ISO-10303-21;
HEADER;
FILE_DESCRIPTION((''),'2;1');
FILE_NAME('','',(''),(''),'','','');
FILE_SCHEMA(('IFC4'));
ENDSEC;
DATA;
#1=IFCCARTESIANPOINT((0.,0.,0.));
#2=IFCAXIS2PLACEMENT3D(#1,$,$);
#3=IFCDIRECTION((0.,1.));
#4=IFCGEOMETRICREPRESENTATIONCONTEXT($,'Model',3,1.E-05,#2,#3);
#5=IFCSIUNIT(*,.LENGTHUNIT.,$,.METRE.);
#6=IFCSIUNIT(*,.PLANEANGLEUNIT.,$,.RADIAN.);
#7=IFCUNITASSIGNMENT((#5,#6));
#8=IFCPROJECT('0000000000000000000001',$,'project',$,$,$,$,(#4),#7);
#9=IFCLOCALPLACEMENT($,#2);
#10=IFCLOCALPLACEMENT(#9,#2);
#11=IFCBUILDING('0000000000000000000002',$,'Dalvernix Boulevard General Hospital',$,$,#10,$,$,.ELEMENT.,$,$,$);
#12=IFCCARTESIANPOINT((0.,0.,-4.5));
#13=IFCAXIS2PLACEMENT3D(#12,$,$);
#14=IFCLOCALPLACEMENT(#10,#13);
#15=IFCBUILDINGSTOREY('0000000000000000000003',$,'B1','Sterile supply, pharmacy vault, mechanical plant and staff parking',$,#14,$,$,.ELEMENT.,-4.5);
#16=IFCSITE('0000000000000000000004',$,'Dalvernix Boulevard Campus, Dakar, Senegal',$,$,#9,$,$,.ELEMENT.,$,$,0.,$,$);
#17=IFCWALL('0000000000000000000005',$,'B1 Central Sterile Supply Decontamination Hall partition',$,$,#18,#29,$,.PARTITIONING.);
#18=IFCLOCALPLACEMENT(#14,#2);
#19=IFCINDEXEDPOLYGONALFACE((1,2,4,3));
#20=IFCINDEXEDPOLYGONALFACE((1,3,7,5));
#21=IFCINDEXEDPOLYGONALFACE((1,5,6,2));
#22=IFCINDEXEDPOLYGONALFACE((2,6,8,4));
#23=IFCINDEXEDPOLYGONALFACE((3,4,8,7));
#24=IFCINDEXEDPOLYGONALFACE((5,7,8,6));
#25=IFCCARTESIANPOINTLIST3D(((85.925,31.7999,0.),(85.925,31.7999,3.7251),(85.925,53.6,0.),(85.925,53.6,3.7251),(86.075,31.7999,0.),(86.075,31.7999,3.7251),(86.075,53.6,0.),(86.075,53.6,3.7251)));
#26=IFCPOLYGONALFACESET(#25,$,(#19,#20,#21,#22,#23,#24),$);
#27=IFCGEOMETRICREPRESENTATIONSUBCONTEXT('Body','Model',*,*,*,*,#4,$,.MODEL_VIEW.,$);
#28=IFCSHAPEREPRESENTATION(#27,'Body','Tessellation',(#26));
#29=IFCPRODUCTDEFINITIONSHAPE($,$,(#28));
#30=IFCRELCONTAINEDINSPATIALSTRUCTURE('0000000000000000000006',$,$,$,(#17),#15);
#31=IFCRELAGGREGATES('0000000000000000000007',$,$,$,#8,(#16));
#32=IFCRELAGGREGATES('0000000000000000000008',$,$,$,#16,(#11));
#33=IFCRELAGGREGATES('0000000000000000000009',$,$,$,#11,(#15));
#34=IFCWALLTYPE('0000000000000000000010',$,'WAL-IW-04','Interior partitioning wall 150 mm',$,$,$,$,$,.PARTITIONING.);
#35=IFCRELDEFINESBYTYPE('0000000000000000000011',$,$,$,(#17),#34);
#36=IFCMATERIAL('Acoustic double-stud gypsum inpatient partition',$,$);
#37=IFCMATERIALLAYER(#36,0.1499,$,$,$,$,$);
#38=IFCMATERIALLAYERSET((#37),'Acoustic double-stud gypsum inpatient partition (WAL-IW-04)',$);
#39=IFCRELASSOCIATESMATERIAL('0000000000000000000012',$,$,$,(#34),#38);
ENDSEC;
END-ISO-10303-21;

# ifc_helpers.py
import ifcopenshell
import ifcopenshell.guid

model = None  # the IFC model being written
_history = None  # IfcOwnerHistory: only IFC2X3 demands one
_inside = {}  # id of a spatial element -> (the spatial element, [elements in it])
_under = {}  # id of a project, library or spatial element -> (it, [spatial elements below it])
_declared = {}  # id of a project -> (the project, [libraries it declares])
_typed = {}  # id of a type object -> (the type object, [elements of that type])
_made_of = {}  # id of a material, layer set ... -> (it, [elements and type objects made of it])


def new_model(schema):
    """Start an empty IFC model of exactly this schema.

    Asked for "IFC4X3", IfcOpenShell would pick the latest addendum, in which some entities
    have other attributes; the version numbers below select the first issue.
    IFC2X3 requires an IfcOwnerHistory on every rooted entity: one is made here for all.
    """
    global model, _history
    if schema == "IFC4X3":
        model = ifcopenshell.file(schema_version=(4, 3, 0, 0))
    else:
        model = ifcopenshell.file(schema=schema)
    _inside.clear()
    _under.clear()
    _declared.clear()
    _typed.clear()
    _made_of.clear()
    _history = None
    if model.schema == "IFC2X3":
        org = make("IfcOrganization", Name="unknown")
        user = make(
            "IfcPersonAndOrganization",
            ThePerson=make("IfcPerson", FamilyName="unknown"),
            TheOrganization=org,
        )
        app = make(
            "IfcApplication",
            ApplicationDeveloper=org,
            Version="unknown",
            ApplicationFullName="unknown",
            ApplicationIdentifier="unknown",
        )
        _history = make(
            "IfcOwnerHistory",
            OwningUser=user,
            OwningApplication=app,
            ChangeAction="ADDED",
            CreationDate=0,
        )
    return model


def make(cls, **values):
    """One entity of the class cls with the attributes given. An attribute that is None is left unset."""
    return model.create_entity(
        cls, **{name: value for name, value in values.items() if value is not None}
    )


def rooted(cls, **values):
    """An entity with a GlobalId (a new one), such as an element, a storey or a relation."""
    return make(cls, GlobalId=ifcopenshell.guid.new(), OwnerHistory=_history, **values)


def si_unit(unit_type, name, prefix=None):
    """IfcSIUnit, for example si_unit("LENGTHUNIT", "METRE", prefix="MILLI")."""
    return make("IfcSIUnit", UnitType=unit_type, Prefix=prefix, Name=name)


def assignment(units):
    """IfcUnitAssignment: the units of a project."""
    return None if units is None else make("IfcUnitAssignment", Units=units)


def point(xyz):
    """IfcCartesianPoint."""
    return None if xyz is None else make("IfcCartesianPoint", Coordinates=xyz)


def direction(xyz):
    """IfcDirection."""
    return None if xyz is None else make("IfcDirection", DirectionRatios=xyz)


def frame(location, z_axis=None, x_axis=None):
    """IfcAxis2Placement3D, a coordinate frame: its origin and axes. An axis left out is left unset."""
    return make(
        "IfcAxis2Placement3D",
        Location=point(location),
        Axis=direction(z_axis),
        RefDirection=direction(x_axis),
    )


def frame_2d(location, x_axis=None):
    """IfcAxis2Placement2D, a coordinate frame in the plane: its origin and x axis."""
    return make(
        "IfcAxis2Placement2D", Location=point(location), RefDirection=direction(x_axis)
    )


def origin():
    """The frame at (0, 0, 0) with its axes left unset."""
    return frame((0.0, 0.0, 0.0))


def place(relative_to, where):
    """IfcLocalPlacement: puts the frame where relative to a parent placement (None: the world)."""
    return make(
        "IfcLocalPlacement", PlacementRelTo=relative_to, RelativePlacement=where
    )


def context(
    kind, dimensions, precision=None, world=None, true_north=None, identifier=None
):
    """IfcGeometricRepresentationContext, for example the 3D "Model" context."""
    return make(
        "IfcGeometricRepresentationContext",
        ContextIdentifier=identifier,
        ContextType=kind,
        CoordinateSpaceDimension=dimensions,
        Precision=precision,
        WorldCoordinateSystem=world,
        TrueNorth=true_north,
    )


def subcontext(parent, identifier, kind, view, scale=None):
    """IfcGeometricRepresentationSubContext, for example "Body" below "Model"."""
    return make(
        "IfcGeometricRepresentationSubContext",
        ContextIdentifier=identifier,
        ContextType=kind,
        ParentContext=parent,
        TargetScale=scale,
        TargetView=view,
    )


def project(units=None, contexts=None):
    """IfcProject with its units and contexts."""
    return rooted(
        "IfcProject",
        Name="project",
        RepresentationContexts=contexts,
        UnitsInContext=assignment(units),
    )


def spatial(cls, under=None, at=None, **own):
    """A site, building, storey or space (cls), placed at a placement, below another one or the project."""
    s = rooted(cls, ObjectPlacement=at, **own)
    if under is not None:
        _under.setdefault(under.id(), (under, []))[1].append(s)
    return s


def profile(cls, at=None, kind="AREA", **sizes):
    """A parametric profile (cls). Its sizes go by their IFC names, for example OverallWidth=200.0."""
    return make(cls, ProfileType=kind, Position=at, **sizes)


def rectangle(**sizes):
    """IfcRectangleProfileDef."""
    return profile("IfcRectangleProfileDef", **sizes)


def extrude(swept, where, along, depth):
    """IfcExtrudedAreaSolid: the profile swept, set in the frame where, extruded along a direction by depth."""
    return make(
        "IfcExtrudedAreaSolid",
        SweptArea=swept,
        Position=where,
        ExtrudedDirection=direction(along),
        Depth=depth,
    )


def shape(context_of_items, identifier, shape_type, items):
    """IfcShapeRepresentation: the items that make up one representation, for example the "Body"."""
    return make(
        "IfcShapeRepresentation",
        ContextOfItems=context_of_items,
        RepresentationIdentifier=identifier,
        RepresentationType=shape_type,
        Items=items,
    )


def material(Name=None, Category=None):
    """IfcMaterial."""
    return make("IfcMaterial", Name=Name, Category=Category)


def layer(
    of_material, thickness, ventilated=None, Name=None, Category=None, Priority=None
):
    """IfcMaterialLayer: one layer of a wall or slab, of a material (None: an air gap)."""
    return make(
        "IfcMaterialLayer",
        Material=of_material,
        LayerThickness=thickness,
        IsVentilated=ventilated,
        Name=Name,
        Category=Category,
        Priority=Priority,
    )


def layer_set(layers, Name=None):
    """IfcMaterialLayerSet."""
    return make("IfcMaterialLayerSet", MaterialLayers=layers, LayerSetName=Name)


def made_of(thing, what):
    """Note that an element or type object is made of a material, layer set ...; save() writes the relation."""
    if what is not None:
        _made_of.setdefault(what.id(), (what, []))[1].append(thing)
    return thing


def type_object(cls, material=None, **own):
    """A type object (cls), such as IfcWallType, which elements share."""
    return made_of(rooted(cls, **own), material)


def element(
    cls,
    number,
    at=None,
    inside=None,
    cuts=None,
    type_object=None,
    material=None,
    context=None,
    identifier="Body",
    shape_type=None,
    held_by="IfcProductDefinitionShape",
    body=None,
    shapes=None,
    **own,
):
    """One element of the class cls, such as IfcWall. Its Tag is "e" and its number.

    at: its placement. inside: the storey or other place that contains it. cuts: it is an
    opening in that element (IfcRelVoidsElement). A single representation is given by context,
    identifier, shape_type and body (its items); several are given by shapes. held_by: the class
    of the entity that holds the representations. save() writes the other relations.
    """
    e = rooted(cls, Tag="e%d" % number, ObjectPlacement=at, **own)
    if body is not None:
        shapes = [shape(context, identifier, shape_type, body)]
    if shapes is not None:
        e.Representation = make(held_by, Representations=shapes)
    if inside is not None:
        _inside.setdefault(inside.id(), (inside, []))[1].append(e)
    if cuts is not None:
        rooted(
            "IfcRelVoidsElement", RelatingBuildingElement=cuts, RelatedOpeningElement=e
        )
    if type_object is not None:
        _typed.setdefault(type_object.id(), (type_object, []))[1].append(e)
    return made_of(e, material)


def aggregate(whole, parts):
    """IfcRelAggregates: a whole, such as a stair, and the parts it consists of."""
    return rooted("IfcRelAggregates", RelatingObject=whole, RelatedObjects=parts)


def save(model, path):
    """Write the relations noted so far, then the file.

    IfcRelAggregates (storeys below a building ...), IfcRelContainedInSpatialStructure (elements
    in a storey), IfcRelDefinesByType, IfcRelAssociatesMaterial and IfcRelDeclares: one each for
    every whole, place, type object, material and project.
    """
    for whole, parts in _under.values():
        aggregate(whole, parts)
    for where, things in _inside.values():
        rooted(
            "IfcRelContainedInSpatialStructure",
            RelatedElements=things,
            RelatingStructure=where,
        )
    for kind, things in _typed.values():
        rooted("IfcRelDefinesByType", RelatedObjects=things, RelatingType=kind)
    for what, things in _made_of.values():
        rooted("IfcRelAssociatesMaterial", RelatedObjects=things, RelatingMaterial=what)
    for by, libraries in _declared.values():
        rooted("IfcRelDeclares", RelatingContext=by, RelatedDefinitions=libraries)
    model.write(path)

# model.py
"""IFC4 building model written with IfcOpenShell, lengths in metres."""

from ifc_helpers import new_model, si_unit, direction, frame, frame_2d, origin, place, context, subcontext, project, spatial, rectangle, extrude, material, layer, layer_set, type_object, element, save


model = new_model("IFC4")

# Units and contexts
model_context = context("Model", 3, precision=1e-05, world=origin(), true_north=direction((0.0, 1.0)))
body_context = subcontext(model_context, "Body", "Model", "MODEL_VIEW")
ifc_project = project(units=[si_unit("LENGTHUNIT", "METRE"), si_unit("PLANEANGLEUNIT", "RADIAN")], contexts=[model_context])

# Site, building, storey
site_placement = place(None, origin())
site = spatial("IfcSite", under=ifc_project, at=site_placement, Name="Dalvernix Boulevard Campus, Dakar, Senegal", CompositionType="ELEMENT", RefElevation=0.0)
building_placement = place(site_placement, origin())
building = spatial("IfcBuilding", under=site, at=building_placement, Name="Dalvernix Boulevard General Hospital", CompositionType="ELEMENT")
storey_placement = place(building_placement, frame((0.0, 0.0, -4.5)))
storey = spatial("IfcBuildingStorey", under=building, at=storey_placement, Name="B1", Description="Sterile supply, pharmacy vault, mechanical plant and staff parking", CompositionType="ELEMENT", Elevation=-4.5)

# Wall
ifc_material_1 = material(Name="Acoustic double-stud gypsum inpatient partition")
ifc_layer_1 = layer(ifc_material_1, 0.1499)
ifc_layer_set_1 = layer_set([ifc_layer_1], Name="Acoustic double-stud gypsum inpatient partition (WAL-IW-04)")
wall_type_1 = type_object("IfcWallType", Name="WAL-IW-04", Description="Interior partitioning wall 150 mm", PredefinedType="PARTITIONING", material=ifc_layer_set_1)
wall_1_placement = place(storey_placement, frame((86.0, 31.8, 0.0), z_axis=(0.0, 0.0, 1.0), x_axis=(0.0, 1.0, 0.0)))
element("IfcWall", 1, at=wall_1_placement, inside=storey, type_object=wall_type_1, Name="B1 Central Sterile Supply Decontamination Hall partition", PredefinedType="PARTITIONING", context=body_context, shape_type="SweptSolid", body=[
    extrude(rectangle(XDim=21.8, YDim=0.1499, at=frame_2d((10.8999, 0.0))), origin(), (0.0, 0.0, 1.0), 3.7251),
])

save(model, "model.ifc")
